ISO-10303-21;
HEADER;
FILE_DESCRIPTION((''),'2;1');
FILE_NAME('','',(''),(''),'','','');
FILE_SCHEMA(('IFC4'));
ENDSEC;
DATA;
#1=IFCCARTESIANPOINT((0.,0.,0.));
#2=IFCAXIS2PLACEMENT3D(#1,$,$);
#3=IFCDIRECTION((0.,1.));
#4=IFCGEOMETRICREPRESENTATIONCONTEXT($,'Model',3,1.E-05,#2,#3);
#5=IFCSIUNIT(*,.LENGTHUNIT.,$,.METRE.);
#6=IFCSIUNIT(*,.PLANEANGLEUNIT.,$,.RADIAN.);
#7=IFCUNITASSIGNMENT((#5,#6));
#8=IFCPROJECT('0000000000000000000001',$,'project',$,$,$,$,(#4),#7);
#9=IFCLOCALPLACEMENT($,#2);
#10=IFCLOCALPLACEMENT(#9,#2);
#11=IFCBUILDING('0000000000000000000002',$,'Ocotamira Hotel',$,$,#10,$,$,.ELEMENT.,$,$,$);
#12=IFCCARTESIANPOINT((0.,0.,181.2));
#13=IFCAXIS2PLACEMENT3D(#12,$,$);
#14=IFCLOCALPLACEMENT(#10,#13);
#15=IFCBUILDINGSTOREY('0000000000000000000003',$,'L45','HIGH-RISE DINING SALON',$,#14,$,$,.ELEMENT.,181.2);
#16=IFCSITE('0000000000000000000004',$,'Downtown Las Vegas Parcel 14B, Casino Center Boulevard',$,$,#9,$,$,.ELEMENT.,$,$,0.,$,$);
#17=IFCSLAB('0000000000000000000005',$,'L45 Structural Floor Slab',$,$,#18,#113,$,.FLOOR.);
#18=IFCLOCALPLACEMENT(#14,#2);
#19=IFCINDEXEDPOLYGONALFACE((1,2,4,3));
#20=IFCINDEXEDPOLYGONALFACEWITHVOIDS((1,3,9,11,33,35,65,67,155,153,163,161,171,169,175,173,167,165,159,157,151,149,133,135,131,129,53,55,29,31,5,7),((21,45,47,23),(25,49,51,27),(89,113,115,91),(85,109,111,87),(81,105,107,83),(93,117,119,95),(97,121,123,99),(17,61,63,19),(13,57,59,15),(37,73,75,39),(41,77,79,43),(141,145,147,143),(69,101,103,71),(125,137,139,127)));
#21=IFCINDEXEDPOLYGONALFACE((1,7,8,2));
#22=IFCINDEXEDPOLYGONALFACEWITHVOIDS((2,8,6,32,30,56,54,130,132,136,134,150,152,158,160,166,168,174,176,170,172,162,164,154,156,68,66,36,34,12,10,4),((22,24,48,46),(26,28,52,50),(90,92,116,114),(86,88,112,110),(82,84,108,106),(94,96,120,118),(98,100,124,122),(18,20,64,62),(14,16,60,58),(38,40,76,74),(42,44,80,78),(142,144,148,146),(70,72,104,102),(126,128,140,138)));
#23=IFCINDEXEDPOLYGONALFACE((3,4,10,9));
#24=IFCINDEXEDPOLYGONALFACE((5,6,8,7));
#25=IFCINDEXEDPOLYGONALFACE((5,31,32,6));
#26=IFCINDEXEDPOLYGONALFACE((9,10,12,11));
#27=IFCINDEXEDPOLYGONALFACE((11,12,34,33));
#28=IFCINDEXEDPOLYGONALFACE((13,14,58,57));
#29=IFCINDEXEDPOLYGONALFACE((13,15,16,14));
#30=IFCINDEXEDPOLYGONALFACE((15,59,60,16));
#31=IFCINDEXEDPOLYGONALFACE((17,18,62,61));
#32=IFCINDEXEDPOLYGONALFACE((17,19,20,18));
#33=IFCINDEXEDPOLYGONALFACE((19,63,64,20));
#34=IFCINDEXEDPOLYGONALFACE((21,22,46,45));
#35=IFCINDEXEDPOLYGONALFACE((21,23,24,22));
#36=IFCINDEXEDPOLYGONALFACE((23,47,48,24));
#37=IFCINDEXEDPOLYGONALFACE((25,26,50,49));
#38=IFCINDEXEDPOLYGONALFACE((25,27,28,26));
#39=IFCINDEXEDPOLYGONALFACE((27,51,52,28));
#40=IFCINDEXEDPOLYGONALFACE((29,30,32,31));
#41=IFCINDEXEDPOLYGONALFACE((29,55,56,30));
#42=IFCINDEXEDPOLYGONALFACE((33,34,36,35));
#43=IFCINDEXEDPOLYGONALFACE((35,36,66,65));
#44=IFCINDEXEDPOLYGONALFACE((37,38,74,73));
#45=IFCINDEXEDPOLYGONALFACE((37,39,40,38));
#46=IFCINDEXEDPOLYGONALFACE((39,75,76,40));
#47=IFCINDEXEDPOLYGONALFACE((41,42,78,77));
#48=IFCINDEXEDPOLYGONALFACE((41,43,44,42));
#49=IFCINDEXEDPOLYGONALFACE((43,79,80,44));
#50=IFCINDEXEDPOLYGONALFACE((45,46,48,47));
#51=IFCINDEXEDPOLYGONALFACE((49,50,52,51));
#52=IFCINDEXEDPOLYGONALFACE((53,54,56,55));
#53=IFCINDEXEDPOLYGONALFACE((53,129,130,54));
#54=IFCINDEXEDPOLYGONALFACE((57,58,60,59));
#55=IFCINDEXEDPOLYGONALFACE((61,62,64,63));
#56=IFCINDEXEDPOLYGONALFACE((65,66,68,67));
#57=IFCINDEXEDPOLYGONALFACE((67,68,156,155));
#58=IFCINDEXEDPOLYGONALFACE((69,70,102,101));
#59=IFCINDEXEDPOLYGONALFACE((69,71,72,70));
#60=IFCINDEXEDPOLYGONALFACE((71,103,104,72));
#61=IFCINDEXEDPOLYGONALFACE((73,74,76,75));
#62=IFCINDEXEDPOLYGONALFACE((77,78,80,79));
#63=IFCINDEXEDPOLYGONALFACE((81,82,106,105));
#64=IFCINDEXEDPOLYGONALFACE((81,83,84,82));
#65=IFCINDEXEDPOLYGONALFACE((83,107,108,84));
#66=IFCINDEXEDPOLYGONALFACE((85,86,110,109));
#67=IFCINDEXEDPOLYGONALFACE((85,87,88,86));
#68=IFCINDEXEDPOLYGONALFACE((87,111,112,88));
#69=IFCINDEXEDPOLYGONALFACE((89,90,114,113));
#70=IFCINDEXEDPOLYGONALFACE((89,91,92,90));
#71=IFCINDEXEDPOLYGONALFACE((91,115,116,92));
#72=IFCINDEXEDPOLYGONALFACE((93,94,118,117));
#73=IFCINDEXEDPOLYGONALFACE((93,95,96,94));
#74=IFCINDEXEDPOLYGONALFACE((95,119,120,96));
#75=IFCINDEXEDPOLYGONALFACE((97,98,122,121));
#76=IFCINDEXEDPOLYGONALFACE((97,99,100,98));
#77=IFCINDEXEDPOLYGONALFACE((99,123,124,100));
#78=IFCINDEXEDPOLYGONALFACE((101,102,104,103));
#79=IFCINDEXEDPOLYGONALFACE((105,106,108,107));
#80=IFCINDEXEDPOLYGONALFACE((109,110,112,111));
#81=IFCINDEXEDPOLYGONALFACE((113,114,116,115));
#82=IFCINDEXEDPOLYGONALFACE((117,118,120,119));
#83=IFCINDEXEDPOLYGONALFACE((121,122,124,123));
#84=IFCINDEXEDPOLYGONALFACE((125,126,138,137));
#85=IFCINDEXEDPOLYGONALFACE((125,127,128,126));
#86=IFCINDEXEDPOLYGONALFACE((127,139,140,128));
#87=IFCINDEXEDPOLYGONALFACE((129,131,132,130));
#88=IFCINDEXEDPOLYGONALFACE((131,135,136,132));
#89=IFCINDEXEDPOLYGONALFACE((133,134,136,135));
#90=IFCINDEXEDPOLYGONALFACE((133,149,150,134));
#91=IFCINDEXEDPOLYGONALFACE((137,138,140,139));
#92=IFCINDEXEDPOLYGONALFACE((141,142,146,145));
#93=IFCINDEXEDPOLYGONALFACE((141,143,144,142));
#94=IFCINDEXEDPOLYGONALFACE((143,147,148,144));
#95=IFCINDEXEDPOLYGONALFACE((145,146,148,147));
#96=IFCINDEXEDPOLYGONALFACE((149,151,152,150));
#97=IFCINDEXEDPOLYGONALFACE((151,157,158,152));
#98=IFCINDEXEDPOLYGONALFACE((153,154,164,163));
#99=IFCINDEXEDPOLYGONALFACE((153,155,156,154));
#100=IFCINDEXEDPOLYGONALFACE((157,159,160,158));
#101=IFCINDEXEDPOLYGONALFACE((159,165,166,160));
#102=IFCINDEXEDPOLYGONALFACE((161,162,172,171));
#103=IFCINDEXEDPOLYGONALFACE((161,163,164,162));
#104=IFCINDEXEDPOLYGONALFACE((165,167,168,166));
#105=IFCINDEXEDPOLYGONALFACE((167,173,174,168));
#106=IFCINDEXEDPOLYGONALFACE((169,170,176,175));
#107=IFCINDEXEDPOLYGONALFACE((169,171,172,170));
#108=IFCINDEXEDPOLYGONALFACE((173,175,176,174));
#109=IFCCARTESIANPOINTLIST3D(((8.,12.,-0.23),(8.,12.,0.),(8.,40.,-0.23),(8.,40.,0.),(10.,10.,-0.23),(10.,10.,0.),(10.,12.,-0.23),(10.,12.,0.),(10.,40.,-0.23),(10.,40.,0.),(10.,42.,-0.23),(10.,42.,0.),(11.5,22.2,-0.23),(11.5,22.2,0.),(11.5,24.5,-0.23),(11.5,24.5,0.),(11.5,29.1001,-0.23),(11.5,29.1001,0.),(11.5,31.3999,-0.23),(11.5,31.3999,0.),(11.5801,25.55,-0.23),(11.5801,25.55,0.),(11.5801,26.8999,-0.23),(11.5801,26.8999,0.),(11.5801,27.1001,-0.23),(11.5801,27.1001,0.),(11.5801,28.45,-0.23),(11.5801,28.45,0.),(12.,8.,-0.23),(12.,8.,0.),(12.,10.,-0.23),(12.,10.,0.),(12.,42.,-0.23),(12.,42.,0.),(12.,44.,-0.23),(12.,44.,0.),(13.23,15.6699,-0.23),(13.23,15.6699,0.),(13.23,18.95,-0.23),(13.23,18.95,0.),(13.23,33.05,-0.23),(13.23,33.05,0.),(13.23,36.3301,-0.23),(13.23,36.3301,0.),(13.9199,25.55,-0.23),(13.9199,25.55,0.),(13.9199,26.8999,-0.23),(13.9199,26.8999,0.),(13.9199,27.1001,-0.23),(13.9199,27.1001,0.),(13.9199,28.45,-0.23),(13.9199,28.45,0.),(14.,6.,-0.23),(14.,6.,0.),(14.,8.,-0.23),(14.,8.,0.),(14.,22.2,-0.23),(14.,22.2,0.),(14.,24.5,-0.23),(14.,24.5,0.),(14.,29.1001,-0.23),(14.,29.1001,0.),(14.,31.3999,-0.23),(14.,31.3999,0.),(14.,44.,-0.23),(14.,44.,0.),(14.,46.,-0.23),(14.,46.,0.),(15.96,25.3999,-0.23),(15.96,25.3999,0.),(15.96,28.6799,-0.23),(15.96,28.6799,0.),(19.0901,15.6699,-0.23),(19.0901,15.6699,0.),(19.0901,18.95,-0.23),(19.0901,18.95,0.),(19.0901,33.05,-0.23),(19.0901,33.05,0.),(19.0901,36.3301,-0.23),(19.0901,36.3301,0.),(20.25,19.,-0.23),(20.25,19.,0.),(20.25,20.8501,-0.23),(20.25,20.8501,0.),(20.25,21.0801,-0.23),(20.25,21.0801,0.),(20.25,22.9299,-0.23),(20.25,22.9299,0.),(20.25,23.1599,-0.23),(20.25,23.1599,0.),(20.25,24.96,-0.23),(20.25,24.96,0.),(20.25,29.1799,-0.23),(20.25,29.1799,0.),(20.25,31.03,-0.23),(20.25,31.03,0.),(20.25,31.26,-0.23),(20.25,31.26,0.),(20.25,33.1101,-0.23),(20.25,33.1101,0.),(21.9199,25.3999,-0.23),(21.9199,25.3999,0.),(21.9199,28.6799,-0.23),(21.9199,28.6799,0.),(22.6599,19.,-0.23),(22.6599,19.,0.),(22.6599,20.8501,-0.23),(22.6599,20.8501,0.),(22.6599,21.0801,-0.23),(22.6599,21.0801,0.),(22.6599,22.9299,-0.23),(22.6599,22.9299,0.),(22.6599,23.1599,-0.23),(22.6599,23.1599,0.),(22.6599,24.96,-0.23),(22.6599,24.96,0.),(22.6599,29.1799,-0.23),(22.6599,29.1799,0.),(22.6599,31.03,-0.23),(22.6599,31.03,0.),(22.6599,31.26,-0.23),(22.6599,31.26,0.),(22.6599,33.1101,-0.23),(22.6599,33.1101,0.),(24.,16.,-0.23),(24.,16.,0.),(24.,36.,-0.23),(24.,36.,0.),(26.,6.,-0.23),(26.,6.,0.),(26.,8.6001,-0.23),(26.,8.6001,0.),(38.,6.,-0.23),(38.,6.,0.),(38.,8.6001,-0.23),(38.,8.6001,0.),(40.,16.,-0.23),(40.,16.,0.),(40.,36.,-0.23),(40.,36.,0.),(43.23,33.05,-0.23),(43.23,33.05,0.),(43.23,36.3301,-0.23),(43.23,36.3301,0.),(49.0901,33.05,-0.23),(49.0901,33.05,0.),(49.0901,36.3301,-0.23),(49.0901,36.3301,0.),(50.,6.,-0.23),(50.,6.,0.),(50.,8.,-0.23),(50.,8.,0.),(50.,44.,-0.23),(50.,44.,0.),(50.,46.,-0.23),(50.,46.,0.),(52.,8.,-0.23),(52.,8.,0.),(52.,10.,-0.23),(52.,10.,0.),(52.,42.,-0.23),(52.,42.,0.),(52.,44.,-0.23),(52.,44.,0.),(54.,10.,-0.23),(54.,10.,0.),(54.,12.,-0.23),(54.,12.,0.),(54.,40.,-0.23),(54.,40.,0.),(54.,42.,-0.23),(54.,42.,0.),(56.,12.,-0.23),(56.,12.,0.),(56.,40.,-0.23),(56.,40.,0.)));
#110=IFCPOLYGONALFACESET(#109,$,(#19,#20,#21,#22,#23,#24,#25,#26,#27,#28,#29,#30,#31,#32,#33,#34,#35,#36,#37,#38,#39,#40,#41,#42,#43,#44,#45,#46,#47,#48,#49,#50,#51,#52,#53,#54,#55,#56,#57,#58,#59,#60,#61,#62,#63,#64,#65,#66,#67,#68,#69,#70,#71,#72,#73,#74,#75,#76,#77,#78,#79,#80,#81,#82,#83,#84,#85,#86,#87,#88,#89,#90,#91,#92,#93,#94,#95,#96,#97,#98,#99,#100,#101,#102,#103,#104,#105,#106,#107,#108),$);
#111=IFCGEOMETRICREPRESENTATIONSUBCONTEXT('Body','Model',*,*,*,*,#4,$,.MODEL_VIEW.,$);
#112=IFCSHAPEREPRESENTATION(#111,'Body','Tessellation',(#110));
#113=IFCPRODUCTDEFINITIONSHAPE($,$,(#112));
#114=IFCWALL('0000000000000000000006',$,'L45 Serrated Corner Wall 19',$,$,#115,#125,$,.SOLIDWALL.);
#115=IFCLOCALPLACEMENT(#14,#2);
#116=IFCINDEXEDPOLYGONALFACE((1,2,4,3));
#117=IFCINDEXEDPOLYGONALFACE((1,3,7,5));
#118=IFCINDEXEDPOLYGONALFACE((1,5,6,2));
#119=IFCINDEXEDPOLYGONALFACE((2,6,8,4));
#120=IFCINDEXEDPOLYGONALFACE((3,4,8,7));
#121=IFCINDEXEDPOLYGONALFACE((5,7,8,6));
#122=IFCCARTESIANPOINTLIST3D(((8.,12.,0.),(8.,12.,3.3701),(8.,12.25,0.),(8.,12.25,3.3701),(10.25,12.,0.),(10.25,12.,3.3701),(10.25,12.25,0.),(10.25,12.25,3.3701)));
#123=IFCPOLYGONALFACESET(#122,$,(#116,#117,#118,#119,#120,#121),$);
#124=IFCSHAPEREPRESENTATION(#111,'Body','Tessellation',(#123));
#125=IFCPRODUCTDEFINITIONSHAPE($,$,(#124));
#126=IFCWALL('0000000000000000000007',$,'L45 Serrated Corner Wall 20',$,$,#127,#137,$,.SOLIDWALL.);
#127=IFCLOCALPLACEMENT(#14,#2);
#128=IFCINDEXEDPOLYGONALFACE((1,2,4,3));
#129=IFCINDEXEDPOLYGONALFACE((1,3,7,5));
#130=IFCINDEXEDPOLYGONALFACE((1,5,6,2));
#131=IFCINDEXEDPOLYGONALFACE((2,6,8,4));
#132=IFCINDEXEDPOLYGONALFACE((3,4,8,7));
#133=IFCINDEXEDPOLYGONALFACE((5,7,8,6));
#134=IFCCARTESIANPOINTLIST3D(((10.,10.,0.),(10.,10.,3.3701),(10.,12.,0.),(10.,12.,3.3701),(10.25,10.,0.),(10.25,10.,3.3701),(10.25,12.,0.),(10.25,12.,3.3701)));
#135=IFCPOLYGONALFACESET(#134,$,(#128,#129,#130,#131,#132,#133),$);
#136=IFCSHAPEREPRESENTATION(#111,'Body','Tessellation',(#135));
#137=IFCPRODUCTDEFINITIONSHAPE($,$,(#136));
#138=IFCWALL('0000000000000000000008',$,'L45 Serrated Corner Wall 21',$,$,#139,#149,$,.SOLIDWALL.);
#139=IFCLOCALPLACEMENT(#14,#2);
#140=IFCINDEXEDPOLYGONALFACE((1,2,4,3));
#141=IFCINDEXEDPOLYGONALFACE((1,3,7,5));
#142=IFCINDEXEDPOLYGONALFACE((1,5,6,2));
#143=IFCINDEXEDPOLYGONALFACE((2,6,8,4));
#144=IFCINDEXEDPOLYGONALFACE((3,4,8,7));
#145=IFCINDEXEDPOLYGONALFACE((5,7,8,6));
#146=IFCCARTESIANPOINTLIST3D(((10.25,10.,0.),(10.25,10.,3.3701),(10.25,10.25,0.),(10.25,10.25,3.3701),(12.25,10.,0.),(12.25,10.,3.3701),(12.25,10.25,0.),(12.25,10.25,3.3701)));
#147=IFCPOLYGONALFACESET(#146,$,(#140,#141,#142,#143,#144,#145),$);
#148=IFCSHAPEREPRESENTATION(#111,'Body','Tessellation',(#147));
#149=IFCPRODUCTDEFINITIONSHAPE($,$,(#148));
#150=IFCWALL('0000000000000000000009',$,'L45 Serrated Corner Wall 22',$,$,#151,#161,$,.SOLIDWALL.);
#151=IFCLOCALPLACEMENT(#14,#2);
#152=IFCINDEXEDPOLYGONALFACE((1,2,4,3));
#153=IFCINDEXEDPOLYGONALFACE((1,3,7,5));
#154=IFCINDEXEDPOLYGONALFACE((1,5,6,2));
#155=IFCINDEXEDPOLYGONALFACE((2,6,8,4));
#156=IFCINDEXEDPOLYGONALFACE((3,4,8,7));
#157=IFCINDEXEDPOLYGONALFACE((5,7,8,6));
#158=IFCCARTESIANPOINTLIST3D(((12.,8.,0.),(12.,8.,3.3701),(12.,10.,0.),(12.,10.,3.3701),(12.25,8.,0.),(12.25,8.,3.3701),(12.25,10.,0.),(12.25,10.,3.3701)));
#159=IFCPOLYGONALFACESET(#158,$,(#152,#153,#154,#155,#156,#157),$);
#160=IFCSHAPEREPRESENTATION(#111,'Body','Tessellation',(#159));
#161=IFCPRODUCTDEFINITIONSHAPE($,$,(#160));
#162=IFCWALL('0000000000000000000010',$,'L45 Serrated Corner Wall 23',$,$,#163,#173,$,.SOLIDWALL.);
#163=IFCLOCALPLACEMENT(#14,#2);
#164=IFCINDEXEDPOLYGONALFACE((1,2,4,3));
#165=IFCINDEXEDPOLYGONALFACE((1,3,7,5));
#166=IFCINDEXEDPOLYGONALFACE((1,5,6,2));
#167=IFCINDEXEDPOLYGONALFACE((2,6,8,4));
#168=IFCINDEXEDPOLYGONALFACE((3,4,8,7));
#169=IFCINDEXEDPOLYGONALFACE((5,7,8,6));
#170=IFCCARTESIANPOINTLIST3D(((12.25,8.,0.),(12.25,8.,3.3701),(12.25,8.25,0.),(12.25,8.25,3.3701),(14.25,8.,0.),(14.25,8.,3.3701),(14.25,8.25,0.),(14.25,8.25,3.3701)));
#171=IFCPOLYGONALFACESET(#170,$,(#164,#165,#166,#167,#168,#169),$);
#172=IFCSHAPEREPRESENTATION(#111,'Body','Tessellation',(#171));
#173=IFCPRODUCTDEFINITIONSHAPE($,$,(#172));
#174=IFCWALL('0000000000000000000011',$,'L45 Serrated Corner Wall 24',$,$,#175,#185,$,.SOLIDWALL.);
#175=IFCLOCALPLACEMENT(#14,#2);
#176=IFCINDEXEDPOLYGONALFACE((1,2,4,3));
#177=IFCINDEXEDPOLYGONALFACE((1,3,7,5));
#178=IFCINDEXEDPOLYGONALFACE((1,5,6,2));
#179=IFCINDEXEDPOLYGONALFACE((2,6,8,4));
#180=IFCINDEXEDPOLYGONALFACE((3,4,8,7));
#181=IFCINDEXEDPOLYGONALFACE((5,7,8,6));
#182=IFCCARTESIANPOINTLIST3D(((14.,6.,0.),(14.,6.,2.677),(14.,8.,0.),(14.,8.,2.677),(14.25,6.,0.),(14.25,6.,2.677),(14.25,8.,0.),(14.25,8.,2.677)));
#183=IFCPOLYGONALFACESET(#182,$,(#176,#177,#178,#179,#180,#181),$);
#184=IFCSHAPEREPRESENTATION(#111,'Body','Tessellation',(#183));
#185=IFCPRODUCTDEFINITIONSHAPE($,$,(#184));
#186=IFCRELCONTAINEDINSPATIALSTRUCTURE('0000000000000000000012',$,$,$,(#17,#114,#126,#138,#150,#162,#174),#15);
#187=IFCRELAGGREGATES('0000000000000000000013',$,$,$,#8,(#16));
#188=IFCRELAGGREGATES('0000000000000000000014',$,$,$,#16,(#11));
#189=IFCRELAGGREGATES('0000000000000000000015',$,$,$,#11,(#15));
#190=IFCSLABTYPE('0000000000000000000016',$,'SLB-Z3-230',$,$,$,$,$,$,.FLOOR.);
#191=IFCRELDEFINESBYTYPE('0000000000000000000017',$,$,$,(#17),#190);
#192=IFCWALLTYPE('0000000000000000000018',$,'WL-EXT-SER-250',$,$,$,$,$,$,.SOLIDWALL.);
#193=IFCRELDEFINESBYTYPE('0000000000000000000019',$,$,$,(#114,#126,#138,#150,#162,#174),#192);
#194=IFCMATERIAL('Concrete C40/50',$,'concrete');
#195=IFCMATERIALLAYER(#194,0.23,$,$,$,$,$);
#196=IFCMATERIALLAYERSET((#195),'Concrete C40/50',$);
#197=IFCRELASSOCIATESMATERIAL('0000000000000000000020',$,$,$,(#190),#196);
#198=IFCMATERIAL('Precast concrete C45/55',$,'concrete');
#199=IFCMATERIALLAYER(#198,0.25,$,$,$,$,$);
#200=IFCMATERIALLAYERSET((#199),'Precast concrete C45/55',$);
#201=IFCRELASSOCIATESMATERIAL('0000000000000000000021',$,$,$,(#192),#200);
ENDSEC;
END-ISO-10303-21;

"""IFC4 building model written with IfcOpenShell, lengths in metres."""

from ifc_helpers import new_model, si_unit, direction, frame, frame_2d, origin, place, context, subcontext, project, spatial, polyline, rectangle, outline, extrude, material, layer, layer_set, type_object, element, save


model = new_model("IFC4")

# Units and contexts
model_context = context("Model", 3, precision=1e-05, world=origin(), true_north=direction((0.0, 1.0)))
body_context = subcontext(model_context, "Body", "Model", "MODEL_VIEW")
ifc_project = project(units=[si_unit("LENGTHUNIT", "METRE"), si_unit("PLANEANGLEUNIT", "RADIAN")], contexts=[model_context])

# Site, building, storey
site_placement = place(None, origin())
site = spatial("IfcSite", under=ifc_project, at=site_placement, Name="Downtown Las Vegas Parcel 14B, Casino Center Boulevard", CompositionType="ELEMENT", RefElevation=0.0)
building_placement = place(site_placement, origin())
building = spatial("IfcBuilding", under=site, at=building_placement, Name="Ocotamira Hotel", CompositionType="ELEMENT")
storey_placement = place(building_placement, frame((0.0, 0.0, 181.2)))
storey = spatial("IfcBuildingStorey", under=building, at=storey_placement, Name="L45", Description="HIGH-RISE DINING SALON", CompositionType="ELEMENT", Elevation=181.2)

# Shared definitions
ifc_material_1 = material(Name="Concrete C40/50", Category="concrete")

# Slab
ifc_layer_1 = layer(ifc_material_1, 0.23)
ifc_layer_set_1 = layer_set([ifc_layer_1], Name="Concrete C40/50")
slab_type_1 = type_object("IfcSlabType", Name="SLB-Z3-230", PredefinedType="FLOOR", material=ifc_layer_set_1)
slab_1_placement = place(storey_placement, frame((0.0, 0.0, -0.23)))
element("IfcSlab", 1, at=slab_1_placement, inside=storey, type_object=slab_type_1, Name="L45 Structural Floor Slab", PredefinedType="FLOOR", context=body_context, shape_type="SweptSolid", body=[
    extrude(outline(polyline([(14.0, 6.0), (14.0, 8.0), (12.0, 8.0), (12.0, 10.0), (10.0, 10.0), (10.0, 12.0), (8.0, 12.0), (8.0, 40.0), (10.0, 40.0), (10.0, 42.0), (12.0, 42.0), (12.0, 44.0), (14.0, 44.0), (14.0, 46.0), (50.0, 46.0), (50.0, 44.0), (52.0, 44.0), (52.0, 42.0), (54.0, 42.0), (54.0, 40.0), (56.0, 40.0), (56.0, 12.0), (54.0, 12.0), (54.0, 10.0), (52.0, 10.0), (52.0, 8.0), (50.0, 8.0), (50.0, 6.0), (38.0, 6.0), (38.0, 8.6001), (26.0, 8.6001), (26.0, 6.0), (14.0, 6.0)]), holes=[polyline([(24.0, 16.0), (40.0, 16.0), (40.0, 36.0), (24.0, 36.0), (24.0, 16.0)]), polyline([(13.23, 15.6699), (19.0901, 15.6699), (19.0901, 18.95), (13.23, 18.95), (13.23, 15.6699)]), polyline([(13.23, 33.05), (19.0901, 33.05), (19.0901, 36.3301), (13.23, 36.3301), (13.23, 33.05)]), polyline([(15.96, 25.3999), (21.9199, 25.3999), (21.9199, 28.6799), (15.96, 28.6799), (15.96, 25.3999)]), polyline([(43.23, 33.05), (49.0901, 33.05), (49.0901, 36.3301), (43.23, 36.3301), (43.23, 33.05)]), polyline([(20.25, 19.0), (22.6599, 19.0), (22.6599, 20.8501), (20.25, 20.8501), (20.25, 19.0)]), polyline([(20.25, 21.0801), (22.6599, 21.0801), (22.6599, 22.9299), (20.25, 22.9299), (20.25, 21.0801)]), polyline([(20.25, 23.1599), (22.6599, 23.1599), (22.6599, 24.96), (20.25, 24.96), (20.25, 23.1599)]), polyline([(20.25, 29.1799), (22.6599, 29.1799), (22.6599, 31.03), (20.25, 31.03), (20.25, 29.1799)]), polyline([(20.25, 31.26), (22.6599, 31.26), (22.6599, 33.1101), (20.25, 33.1101), (20.25, 31.26)]), polyline([(11.5, 22.2), (14.0, 22.2), (14.0, 24.5), (11.5, 24.5), (11.5, 22.2)]), polyline([(11.5, 29.1001), (14.0, 29.1001), (14.0, 31.3999), (11.5, 31.3999), (11.5, 29.1001)]), polyline([(11.5801, 25.55), (13.9199, 25.55), (13.9199, 26.8999), (11.5801, 26.8999), (11.5801, 25.55)]), polyline([(11.5801, 27.1001), (13.9199, 27.1001), (13.9199, 28.45), (11.5801, 28.45), (11.5801, 27.1001)])]), origin(), (0.0, 0.0, 1.0), 0.23),
])

# Walls
ifc_material_2 = material(Name="Precast concrete C45/55", Category="concrete")
ifc_layer_2 = layer(ifc_material_2, 0.25)
ifc_layer_set_2 = layer_set([ifc_layer_2], Name="Precast concrete C45/55")
wall_type_1 = type_object("IfcWallType", Name="WL-EXT-SER-250", PredefinedType="SOLIDWALL", material=ifc_layer_set_2)
wall_1_placement = place(storey_placement, frame((8.0, 12.125, 0.0), z_axis=(0.0, 0.0, 1.0), x_axis=(1.0, 0.0, 0.0)))
element("IfcWall", 2, at=wall_1_placement, inside=storey, type_object=wall_type_1, Name="L45 Serrated Corner Wall 19", PredefinedType="SOLIDWALL", context=body_context, shape_type="SweptSolid", body=[
    extrude(rectangle(XDim=2.25, YDim=0.25, at=frame_2d((1.125, 0.0))), origin(), (0.0, 0.0, 1.0), 3.3701),
])
for number, where, z_axis, x_axis, name in (
    (3, (10.125, 12.0, 0.0), (0.0, 0.0, 1.0), (0.0, -1.0, 0.0), "L45 Serrated Corner Wall 20"),
    (4, (10.25, 10.125, 0.0), (0.0, 0.0, 1.0), (1.0, 0.0, 0.0), "L45 Serrated Corner Wall 21"),
    (5, (12.125, 10.0, 0.0), (0.0, 0.0, 1.0), (0.0, -1.0, 0.0), "L45 Serrated Corner Wall 22"),
    (6, (12.25, 8.125, 0.0), (0.0, 0.0, 1.0), (1.0, 0.0, 0.0), "L45 Serrated Corner Wall 23"),
):
    element("IfcWall", number, at=place(storey_placement, frame(where, z_axis=z_axis, x_axis=x_axis)), inside=storey, type_object=wall_type_1, Name=name, PredefinedType="SOLIDWALL", context=body_context, shape_type="SweptSolid", body=[
        extrude(rectangle(XDim=2.0, YDim=0.25, at=frame_2d((1.0, 0.0))), origin(), (0.0, 0.0, 1.0), 3.3701),
    ])
wall_2_placement = place(storey_placement, frame((14.125, 8.0, 0.0), z_axis=(0.0, 0.0, 1.0), x_axis=(0.0, -1.0, 0.0)))
element("IfcWall", 7, at=wall_2_placement, inside=storey, type_object=wall_type_1, Name="L45 Serrated Corner Wall 24", PredefinedType="SOLIDWALL", context=body_context, shape_type="SweptSolid", body=[
    extrude(rectangle(XDim=2.0, YDim=0.25, at=frame_2d((1.0, 0.0))), origin(), (0.0, 0.0, 1.0), 2.677),
])

save(model, "model.ifc")
